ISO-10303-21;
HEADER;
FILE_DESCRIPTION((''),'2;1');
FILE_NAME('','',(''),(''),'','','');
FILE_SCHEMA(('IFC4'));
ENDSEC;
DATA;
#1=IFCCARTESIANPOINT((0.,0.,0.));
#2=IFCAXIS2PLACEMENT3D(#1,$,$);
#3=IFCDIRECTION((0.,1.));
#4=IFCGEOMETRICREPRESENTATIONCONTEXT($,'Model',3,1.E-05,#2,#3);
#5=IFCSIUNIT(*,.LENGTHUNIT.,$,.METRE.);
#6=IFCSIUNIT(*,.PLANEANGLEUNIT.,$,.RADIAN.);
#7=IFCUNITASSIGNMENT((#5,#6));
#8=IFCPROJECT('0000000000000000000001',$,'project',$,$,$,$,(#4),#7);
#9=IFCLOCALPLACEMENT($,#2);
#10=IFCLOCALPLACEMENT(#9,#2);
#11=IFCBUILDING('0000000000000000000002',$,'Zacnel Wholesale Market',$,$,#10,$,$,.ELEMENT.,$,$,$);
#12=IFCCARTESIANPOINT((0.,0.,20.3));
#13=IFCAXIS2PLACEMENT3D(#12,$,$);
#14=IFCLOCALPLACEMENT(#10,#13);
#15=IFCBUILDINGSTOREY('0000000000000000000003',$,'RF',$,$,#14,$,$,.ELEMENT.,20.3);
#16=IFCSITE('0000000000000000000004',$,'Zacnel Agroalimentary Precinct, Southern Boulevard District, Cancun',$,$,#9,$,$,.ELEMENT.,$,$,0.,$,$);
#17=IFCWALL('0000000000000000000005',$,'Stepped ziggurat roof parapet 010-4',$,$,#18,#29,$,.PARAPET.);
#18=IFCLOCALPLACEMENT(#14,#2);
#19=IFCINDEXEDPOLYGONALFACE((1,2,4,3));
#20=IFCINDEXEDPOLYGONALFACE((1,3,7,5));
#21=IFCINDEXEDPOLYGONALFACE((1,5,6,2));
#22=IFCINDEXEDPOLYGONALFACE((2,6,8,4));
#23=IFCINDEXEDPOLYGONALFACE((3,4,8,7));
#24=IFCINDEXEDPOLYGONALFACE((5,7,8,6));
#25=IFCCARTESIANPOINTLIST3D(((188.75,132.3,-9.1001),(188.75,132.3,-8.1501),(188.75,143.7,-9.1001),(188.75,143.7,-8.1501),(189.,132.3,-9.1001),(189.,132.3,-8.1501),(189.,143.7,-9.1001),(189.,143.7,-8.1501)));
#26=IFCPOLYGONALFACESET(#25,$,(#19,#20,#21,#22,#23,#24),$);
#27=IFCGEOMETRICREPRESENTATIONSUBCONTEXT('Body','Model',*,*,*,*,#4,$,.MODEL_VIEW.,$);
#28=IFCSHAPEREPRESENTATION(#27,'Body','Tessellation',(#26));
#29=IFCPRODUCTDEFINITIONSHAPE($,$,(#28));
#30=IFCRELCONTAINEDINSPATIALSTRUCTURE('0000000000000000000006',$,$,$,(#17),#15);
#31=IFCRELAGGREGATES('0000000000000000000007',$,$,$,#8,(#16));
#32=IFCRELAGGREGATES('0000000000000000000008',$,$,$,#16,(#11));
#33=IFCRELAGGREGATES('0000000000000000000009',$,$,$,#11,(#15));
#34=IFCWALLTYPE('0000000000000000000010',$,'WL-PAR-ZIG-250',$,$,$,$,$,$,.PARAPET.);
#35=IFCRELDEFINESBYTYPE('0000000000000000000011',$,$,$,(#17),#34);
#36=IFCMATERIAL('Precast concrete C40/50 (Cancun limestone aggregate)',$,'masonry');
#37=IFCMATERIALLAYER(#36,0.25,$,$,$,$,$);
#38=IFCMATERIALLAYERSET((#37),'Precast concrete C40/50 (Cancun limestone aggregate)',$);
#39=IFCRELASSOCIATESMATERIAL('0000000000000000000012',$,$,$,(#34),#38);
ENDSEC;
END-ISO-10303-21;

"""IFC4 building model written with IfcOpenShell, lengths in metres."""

from ifc_helpers import new_model, si_unit, direction, frame, frame_2d, origin, place, context, subcontext, project, spatial, rectangle, extrude, material, layer, layer_set, type_object, element, save


model = new_model("IFC4")

# Units and contexts
model_context = context("Model", 3, precision=1e-05, world=origin(), true_north=direction((0.0, 1.0)))
body_context = subcontext(model_context, "Body", "Model", "MODEL_VIEW")
ifc_project = project(units=[si_unit("LENGTHUNIT", "METRE"), si_unit("PLANEANGLEUNIT", "RADIAN")], contexts=[model_context])

# Site, building, storey
site_placement = place(None, origin())
site = spatial("IfcSite", under=ifc_project, at=site_placement, Name="Zacnel Agroalimentary Precinct, Southern Boulevard District, Cancun", CompositionType="ELEMENT", RefElevation=0.0)
building_placement = place(site_placement, origin())
building = spatial("IfcBuilding", under=site, at=building_placement, Name="Zacnel Wholesale Market", CompositionType="ELEMENT")
storey_placement = place(building_placement, frame((0.0, 0.0, 20.3)))
storey = spatial("IfcBuildingStorey", under=building, at=storey_placement, Name="RF", CompositionType="ELEMENT", Elevation=20.3)

# Wall
ifc_material_1 = material(Name="Precast concrete C40/50 (Cancun limestone aggregate)", Category="masonry")
ifc_layer_1 = layer(ifc_material_1, 0.25)
ifc_layer_set_1 = layer_set([ifc_layer_1], Name="Precast concrete C40/50 (Cancun limestone aggregate)")
wall_type = type_object("IfcWallType", Name="WL-PAR-ZIG-250", PredefinedType="PARAPET", material=ifc_layer_set_1)
wall_placement = place(storey_placement, frame((188.875, 132.3, -9.1001), z_axis=(0.0, 0.0, 1.0), x_axis=(0.0, 1.0, 0.0)))
element("IfcWall", 1, at=wall_placement, inside=storey, type_object=wall_type, Name="Stepped ziggurat roof parapet 010-4", PredefinedType="PARAPET", context=body_context, shape_type="SweptSolid", body=[
    extrude(rectangle(XDim=11.3999, YDim=0.25, at=frame_2d((5.7, 0.0))), origin(), (0.0, 0.0, 1.0), 0.95),
])

save(model, "model.ifc")
